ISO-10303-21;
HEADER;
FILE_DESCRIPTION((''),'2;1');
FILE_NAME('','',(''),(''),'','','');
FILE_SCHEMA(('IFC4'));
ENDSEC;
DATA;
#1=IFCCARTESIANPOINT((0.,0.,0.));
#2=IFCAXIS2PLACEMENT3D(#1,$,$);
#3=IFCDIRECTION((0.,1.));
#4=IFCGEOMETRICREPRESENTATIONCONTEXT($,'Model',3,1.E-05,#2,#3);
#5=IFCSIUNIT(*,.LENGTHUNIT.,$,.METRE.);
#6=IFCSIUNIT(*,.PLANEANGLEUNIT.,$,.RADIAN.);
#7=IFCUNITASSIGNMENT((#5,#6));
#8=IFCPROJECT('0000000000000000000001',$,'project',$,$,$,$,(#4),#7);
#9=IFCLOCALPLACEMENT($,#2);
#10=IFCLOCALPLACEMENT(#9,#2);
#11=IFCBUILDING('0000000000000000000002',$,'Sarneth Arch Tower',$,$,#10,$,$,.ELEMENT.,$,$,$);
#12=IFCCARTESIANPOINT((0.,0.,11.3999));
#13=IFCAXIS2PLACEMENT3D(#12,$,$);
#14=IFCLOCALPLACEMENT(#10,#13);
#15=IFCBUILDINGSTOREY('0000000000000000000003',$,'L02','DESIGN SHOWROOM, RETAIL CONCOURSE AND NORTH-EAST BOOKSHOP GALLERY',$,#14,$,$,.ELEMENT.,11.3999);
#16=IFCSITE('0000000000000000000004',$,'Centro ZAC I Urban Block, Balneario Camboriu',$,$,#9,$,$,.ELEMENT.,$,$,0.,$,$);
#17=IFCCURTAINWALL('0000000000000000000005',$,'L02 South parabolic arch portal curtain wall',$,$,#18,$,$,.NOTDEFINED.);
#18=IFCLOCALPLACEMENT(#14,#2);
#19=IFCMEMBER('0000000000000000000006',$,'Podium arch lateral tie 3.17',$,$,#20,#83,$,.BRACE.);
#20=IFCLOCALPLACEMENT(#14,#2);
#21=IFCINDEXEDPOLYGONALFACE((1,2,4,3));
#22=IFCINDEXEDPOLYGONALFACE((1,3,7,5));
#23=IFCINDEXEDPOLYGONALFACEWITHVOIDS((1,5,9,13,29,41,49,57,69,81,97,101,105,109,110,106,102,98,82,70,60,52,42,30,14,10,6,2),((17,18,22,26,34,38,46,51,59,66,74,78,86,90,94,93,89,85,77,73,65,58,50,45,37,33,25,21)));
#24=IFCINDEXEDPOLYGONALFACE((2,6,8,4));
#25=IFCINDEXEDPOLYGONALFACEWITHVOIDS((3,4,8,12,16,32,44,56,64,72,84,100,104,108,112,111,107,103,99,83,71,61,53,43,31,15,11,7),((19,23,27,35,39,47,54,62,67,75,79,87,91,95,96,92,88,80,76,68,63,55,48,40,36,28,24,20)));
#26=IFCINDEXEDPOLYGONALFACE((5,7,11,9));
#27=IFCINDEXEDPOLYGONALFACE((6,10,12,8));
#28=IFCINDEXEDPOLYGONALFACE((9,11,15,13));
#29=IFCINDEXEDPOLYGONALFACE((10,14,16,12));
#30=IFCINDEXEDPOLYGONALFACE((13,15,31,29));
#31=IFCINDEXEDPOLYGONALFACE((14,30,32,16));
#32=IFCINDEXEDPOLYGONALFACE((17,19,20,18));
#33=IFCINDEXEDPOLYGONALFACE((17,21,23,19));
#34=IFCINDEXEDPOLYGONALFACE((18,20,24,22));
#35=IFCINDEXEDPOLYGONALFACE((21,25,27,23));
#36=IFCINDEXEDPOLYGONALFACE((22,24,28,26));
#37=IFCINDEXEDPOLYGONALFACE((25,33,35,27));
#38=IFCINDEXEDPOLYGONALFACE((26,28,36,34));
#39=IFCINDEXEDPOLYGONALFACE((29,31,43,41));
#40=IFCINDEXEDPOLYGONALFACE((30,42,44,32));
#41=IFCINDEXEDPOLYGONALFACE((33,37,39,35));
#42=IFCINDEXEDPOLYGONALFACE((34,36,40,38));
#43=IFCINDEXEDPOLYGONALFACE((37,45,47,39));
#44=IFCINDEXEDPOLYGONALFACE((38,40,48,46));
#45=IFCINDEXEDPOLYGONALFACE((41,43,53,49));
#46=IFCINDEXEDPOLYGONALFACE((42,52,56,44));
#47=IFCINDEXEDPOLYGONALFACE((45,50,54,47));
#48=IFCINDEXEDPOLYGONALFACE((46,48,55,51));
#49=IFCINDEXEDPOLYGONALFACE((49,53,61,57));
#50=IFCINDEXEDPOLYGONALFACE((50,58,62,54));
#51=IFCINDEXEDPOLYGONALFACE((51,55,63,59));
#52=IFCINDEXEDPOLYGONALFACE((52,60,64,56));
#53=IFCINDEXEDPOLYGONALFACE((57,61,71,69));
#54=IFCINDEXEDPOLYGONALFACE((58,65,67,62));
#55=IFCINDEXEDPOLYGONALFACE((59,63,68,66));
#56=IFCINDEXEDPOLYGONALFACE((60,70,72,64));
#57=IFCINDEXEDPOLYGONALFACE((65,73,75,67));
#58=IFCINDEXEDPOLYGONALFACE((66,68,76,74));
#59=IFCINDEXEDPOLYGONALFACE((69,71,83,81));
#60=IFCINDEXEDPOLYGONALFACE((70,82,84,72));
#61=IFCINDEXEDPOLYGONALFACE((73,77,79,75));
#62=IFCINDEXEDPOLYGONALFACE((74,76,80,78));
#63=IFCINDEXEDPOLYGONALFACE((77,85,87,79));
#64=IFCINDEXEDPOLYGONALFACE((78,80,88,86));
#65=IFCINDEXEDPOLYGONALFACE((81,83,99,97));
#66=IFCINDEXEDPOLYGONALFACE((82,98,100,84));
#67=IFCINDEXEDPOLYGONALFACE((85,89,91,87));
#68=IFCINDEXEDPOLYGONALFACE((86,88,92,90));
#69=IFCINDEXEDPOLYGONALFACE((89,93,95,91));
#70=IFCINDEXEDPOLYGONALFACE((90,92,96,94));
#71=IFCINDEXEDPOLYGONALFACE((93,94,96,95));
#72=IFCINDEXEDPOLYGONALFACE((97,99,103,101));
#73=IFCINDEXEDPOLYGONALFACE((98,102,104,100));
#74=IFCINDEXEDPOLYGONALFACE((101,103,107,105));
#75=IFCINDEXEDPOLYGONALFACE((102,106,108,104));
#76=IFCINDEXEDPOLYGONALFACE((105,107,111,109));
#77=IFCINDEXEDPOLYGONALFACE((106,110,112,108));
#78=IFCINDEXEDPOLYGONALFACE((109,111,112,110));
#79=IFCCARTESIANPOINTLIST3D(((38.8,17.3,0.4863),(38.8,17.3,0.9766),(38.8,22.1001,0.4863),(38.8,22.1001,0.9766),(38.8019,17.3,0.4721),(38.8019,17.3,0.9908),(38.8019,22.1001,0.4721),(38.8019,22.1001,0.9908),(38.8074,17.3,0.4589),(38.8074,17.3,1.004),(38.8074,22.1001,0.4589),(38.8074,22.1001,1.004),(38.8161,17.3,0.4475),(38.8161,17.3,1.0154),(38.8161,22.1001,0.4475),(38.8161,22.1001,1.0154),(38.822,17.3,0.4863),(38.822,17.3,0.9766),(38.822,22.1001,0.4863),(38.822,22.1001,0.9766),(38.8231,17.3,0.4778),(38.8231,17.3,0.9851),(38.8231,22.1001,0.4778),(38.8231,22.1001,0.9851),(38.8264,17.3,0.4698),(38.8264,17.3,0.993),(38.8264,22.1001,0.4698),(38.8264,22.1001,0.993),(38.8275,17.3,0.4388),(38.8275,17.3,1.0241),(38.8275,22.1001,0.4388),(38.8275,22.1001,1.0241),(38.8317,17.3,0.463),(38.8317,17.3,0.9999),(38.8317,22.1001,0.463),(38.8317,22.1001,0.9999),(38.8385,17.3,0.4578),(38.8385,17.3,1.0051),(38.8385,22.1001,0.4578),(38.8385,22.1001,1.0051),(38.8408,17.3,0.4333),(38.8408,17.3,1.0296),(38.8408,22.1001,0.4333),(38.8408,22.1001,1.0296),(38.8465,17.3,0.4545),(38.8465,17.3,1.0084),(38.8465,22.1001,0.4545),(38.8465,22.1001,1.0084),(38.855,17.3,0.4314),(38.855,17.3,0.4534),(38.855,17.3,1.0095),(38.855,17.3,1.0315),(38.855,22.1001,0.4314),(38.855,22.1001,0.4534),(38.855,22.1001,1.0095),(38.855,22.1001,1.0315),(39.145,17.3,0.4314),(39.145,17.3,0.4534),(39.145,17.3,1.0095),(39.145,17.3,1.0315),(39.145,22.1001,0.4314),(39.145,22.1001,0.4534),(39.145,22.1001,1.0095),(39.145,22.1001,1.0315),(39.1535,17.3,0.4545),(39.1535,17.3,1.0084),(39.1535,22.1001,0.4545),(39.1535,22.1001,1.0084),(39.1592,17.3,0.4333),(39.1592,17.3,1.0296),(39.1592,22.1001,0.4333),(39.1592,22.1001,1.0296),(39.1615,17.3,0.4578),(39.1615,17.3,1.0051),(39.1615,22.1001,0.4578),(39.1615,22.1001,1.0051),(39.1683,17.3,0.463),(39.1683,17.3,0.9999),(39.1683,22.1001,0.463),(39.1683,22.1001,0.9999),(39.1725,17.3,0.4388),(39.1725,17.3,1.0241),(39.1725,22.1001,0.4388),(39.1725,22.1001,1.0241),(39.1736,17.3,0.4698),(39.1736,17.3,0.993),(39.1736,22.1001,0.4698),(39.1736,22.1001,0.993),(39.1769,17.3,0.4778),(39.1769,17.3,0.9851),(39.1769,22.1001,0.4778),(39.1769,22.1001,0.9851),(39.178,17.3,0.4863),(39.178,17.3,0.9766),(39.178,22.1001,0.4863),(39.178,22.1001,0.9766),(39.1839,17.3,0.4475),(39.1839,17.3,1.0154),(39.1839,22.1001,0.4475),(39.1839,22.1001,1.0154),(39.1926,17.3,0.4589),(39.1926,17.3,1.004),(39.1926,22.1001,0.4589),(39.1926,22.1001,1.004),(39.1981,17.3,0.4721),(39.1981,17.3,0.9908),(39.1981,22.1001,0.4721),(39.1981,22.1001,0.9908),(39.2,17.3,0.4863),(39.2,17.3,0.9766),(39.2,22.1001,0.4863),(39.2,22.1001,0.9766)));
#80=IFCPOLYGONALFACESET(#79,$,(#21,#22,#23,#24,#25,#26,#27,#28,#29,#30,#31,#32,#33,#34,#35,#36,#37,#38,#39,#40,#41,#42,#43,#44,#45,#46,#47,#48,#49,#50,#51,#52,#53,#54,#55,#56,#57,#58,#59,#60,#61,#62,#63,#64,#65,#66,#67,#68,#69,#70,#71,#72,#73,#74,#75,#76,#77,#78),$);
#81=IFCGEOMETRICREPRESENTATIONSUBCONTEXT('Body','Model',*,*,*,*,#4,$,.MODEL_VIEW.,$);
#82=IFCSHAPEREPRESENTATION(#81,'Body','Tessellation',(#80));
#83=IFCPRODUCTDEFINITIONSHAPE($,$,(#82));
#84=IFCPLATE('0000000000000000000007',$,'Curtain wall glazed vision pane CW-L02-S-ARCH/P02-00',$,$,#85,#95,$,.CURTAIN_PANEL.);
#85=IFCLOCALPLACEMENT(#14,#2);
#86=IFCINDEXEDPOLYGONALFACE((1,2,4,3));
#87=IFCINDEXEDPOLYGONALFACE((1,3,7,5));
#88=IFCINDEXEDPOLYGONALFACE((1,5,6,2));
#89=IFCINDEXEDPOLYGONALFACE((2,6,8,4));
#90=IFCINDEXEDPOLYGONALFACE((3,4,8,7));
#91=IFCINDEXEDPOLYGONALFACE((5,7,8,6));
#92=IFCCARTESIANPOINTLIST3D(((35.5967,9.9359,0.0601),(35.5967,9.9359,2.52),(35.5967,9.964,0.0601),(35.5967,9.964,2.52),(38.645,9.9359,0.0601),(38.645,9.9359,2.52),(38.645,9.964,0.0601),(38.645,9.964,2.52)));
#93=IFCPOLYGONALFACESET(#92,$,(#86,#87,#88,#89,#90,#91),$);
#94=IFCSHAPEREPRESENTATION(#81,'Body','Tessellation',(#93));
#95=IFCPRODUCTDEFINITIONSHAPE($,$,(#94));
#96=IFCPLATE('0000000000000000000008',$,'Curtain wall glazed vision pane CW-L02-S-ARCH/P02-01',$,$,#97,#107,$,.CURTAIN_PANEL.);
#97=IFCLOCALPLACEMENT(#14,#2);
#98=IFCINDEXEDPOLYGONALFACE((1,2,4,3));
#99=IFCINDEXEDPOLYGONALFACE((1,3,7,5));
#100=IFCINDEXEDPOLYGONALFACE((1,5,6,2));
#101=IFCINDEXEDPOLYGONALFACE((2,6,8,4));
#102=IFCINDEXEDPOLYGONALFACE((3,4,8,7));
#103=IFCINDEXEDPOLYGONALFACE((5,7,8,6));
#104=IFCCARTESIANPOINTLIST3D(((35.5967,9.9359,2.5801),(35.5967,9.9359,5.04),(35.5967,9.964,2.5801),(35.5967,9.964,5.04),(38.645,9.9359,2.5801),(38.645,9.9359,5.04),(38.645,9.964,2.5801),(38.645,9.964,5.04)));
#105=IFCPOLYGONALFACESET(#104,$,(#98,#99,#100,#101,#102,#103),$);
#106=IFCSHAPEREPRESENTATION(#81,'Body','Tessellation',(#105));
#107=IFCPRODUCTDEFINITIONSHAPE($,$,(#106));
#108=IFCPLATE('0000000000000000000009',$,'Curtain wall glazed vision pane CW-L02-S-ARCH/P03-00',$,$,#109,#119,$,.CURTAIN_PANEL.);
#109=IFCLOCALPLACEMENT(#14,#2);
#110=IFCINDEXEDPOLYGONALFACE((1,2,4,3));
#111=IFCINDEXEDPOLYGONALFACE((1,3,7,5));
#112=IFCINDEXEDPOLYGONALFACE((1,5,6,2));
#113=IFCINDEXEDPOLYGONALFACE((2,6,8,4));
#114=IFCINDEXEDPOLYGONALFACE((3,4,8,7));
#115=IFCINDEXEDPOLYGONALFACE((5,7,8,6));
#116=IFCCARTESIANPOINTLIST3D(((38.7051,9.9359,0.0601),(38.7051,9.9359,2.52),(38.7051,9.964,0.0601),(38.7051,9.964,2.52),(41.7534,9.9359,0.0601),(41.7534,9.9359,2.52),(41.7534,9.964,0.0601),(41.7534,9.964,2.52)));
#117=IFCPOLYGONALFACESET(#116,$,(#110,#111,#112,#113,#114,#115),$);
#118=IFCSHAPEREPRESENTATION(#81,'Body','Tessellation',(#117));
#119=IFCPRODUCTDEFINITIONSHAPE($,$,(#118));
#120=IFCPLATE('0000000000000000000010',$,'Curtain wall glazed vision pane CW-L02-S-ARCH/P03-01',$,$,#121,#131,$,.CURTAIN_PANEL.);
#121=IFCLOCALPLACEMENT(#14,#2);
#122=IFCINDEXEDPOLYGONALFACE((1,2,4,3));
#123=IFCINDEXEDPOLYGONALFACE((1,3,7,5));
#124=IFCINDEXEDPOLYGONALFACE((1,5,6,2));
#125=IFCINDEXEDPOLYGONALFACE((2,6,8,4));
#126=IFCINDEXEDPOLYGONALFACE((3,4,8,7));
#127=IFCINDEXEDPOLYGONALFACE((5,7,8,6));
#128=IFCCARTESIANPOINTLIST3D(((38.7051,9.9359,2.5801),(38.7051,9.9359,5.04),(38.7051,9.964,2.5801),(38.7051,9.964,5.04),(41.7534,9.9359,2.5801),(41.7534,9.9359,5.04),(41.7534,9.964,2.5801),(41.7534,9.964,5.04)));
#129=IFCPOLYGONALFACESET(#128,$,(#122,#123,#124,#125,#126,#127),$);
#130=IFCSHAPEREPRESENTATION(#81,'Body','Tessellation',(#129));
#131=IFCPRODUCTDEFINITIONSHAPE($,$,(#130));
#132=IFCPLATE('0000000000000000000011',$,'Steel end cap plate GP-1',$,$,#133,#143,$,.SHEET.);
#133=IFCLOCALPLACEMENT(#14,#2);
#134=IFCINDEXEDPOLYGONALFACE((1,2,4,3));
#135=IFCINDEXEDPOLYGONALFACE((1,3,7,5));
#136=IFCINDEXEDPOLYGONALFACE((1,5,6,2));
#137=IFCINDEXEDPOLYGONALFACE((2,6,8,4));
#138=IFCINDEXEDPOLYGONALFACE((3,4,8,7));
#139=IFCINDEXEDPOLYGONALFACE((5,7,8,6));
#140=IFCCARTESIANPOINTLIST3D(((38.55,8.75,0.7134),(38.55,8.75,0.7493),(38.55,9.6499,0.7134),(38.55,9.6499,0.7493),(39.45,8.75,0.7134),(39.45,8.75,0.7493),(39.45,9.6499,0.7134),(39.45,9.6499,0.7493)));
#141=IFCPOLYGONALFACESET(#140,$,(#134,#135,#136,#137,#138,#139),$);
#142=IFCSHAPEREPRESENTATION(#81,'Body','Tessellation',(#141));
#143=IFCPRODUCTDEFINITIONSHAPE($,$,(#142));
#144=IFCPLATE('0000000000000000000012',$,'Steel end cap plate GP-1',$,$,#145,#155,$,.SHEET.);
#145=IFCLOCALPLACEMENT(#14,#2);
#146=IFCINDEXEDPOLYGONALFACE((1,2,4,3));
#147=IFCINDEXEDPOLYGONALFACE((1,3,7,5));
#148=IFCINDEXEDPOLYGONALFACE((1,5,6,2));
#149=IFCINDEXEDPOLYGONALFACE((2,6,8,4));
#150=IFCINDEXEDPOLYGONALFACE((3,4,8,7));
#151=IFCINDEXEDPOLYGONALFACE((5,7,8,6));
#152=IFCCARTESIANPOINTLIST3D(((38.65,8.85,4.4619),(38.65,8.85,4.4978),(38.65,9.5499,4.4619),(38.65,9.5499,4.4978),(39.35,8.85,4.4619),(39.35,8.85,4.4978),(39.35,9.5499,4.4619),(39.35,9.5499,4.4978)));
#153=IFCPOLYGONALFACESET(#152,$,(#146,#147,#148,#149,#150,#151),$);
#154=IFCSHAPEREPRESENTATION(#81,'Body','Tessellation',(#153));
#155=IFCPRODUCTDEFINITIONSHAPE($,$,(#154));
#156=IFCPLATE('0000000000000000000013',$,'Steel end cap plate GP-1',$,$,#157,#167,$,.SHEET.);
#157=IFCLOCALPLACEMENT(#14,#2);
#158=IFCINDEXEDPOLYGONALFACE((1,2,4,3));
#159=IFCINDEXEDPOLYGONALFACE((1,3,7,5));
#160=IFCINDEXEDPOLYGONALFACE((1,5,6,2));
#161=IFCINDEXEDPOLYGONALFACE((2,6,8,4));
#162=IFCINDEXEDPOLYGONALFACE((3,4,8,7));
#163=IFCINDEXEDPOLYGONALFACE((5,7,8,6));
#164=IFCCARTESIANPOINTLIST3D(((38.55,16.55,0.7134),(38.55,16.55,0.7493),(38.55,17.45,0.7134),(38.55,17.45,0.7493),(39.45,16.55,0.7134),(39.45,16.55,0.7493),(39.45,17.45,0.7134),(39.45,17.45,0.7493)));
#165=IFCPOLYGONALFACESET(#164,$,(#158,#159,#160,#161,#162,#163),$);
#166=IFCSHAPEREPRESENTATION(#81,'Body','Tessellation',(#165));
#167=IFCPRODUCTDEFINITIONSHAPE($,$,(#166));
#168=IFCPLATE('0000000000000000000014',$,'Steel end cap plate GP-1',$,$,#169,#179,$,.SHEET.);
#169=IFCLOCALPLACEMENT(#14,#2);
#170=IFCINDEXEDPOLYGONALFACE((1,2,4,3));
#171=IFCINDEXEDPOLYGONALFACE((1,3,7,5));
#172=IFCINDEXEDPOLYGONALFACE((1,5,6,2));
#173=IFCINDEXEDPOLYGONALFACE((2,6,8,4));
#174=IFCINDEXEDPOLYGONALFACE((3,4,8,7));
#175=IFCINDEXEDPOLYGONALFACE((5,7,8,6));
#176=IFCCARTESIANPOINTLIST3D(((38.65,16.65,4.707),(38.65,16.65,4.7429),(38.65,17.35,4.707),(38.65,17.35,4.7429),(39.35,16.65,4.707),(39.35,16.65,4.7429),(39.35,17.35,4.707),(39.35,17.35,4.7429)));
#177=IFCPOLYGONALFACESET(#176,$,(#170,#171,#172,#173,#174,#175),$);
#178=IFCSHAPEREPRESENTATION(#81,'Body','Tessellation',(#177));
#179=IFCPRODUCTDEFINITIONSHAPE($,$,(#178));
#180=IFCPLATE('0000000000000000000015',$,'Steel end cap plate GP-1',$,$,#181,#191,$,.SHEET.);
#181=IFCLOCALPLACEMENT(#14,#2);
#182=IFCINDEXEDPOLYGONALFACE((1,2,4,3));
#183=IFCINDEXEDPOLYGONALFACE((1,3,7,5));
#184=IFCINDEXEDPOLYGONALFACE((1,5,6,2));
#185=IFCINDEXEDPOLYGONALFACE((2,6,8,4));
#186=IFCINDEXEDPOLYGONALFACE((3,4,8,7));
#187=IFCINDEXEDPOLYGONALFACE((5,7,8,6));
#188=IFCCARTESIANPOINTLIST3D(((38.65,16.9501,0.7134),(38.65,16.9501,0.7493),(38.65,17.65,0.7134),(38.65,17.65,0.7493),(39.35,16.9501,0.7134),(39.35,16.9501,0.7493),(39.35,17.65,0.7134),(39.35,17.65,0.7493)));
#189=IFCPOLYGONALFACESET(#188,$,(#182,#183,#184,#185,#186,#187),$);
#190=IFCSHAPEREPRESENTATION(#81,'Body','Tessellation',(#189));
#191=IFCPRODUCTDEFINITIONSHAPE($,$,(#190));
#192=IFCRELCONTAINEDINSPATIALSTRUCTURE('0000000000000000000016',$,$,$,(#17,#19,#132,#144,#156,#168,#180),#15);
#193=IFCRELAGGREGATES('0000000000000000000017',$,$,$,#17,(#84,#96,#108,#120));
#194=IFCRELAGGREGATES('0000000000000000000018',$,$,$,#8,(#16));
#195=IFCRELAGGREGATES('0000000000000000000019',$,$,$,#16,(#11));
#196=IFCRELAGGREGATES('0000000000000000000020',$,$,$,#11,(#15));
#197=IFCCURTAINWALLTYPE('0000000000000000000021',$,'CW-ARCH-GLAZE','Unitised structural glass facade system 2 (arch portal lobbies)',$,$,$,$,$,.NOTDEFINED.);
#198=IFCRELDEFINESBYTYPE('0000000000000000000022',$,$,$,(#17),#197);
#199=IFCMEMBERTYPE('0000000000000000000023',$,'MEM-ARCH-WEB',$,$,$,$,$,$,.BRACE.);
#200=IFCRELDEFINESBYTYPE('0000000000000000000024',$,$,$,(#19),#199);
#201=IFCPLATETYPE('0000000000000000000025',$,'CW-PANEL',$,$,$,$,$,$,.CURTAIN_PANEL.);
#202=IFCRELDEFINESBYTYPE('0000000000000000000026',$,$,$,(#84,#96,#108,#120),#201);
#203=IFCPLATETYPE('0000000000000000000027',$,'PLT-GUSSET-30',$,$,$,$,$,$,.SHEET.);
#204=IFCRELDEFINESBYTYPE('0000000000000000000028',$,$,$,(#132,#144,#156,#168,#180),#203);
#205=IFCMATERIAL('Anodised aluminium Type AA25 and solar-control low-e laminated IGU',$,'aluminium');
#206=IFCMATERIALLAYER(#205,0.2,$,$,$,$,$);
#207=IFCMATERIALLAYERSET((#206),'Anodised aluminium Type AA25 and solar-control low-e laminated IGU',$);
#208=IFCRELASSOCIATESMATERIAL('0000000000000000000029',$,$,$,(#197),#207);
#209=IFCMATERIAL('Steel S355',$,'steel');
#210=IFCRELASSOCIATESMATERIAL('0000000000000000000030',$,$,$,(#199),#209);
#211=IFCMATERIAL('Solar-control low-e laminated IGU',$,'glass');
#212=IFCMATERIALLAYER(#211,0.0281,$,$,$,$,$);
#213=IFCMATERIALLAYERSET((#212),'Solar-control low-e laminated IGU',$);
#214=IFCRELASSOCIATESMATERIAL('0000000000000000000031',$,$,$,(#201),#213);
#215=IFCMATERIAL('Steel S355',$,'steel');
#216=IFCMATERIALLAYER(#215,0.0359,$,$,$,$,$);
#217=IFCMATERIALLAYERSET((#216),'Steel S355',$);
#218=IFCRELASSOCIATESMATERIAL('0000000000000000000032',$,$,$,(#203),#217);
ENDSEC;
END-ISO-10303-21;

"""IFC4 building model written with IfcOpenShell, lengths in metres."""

from ifc_helpers import new_model, si_unit, direction, frame, origin, origin_2d, place, context, subcontext, project, spatial, rectangle, hollow_rectangle, extrude, material, layer, layer_set, material_profile, profile_set, type_object, element, aggregate, save


model = new_model("IFC4")

# Units and contexts
model_context = context("Model", 3, precision=1e-05, world=origin(), true_north=direction((0.0, 1.0)))
body_context = subcontext(model_context, "Body", "Model", "MODEL_VIEW")
ifc_project = project(units=[si_unit("LENGTHUNIT", "METRE"), si_unit("PLANEANGLEUNIT", "RADIAN")], contexts=[model_context])

# Site, building, storey
site_placement = place(None, origin())
site = spatial("IfcSite", under=ifc_project, at=site_placement, Name="Centro ZAC I Urban Block, Balneario Camboriu", CompositionType="ELEMENT", RefElevation=0.0)
building_placement = place(site_placement, origin())
building = spatial("IfcBuilding", under=site, at=building_placement, Name="Sarneth Arch Tower", CompositionType="ELEMENT")
storey_placement = place(building_placement, frame((0.0, 0.0, 11.3999)))
storey = spatial("IfcBuildingStorey", under=building, at=storey_placement, Name="L02", Description="DESIGN SHOWROOM, RETAIL CONCOURSE AND NORTH-EAST BOOKSHOP GALLERY", CompositionType="ELEMENT", Elevation=11.3999)

# Curtain wall
ifc_material_1 = material(Name="Anodised aluminium Type AA25 and solar-control low-e laminated IGU", Category="aluminium")
ifc_layer_1 = layer(ifc_material_1, 0.2)
ifc_layer_set_1 = layer_set([ifc_layer_1], Name="Anodised aluminium Type AA25 and solar-control low-e laminated IGU")
curtain_wall_type = type_object("IfcCurtainWallType", Name="CW-ARCH-GLAZE", Description="Unitised structural glass facade system 2 (arch portal lobbies)", PredefinedType="NOTDEFINED", material=ifc_layer_set_1)
curtain_wall_placement = place(storey_placement, origin())
curtain_wall = element("IfcCurtainWall", 1, at=curtain_wall_placement, inside=storey, type_object=curtain_wall_type, Name="L02 South parabolic arch portal curtain wall", PredefinedType="NOTDEFINED")

# Member
ifc_material_2 = material(Name="Steel S355", Category="steel")
ifc_material_profile_1 = material_profile(ifc_material_2, hollow_rectangle(XDim=0.3999, YDim=0.6001, WallThickness=0.022, InnerFilletRadius=0.033, OuterFilletRadius=0.0549, at=origin_2d()), Name="RHS600x400x22")
ifc_profile_set_1 = profile_set([ifc_material_profile_1], Name="Steel S355")
member_type_1 = type_object("IfcMemberType", Name="MEM-ARCH-WEB", PredefinedType="BRACE", material=ifc_profile_set_1)
member_1_placement = place(storey_placement, frame((39.0, 17.3, 0.7314), z_axis=(0.0, 1.0, 0.0), x_axis=(-1.0, 0.0, 0.0)))
element("IfcMember", 2, at=member_1_placement, inside=storey, type_object=member_type_1, Name="Podium arch lateral tie 3.17", PredefinedType="BRACE", context=body_context, shape_type="SweptSolid", body=[
    extrude(hollow_rectangle(XDim=0.3999, YDim=0.6001, WallThickness=0.022, InnerFilletRadius=0.033, OuterFilletRadius=0.0549, at=origin_2d()), origin(), (0.0, 0.0, 1.0), 4.8),
])

# Plates
ifc_material_3 = material(Name="Solar-control low-e laminated IGU", Category="glass")
ifc_layer_2 = layer(ifc_material_3, 0.0281)
ifc_layer_set_2 = layer_set([ifc_layer_2], Name="Solar-control low-e laminated IGU")
plate_type_1 = type_object("IfcPlateType", Name="CW-PANEL", PredefinedType="CURTAIN_PANEL", material=ifc_layer_set_2)
plate_1_placement = place(storey_placement, frame((37.1208, 9.95, 0.0601), z_axis=(0.0, 0.0, 1.0), x_axis=(1.0, 0.0, 0.0)))
plate_1 = element("IfcPlate", 3, at=plate_1_placement, type_object=plate_type_1, Name="Curtain wall glazed vision pane CW-L02-S-ARCH/P02-00", PredefinedType="CURTAIN_PANEL", context=body_context, shape_type="SweptSolid", body=[
    extrude(rectangle(XDim=3.0483, YDim=0.0281, at=origin_2d()), origin(), (0.0, 0.0, 1.0), 2.46),
])
plate_2_placement = place(storey_placement, frame((37.1208, 9.95, 2.5801), z_axis=(0.0, 0.0, 1.0), x_axis=(1.0, 0.0, 0.0)))
plate_2 = element("IfcPlate", 4, at=plate_2_placement, type_object=plate_type_1, Name="Curtain wall glazed vision pane CW-L02-S-ARCH/P02-01", PredefinedType="CURTAIN_PANEL", context=body_context, shape_type="SweptSolid", body=[
    extrude(rectangle(XDim=3.0483, YDim=0.0281, at=origin_2d()), origin(), (0.0, 0.0, 1.0), 2.46),
])
plate_3_placement = place(storey_placement, frame((40.2292, 9.95, 0.0601), z_axis=(0.0, 0.0, 1.0), x_axis=(1.0, 0.0, 0.0)))
plate_3 = element("IfcPlate", 5, at=plate_3_placement, type_object=plate_type_1, Name="Curtain wall glazed vision pane CW-L02-S-ARCH/P03-00", PredefinedType="CURTAIN_PANEL", context=body_context, shape_type="SweptSolid", body=[
    extrude(rectangle(XDim=3.0483, YDim=0.0281, at=origin_2d()), origin(), (0.0, 0.0, 1.0), 2.46),
])
plate_4_placement = place(storey_placement, frame((40.2292, 9.95, 2.5801), z_axis=(0.0, 0.0, 1.0), x_axis=(1.0, 0.0, 0.0)))
plate_4 = element("IfcPlate", 6, at=plate_4_placement, type_object=plate_type_1, Name="Curtain wall glazed vision pane CW-L02-S-ARCH/P03-01", PredefinedType="CURTAIN_PANEL", context=body_context, shape_type="SweptSolid", body=[
    extrude(rectangle(XDim=3.0483, YDim=0.0281, at=origin_2d()), origin(), (0.0, 0.0, 1.0), 2.46),
])
aggregate(curtain_wall, [plate_1, plate_2, plate_3, plate_4])

# Plates
ifc_material_4 = material(Name="Steel S355", Category="steel")
ifc_layer_3 = layer(ifc_material_4, 0.0359)
ifc_layer_set_3 = layer_set([ifc_layer_3], Name="Steel S355")
plate_type_2 = type_object("IfcPlateType", Name="PLT-GUSSET-30", PredefinedType="SHEET", material=ifc_layer_set_3)
plate_5_placement = place(storey_placement, frame((39.0, 9.2, 0.7134), z_axis=(0.0, 0.0, 1.0), x_axis=(-1.0, 0.0, 0.0)))
element("IfcPlate", 7, at=plate_5_placement, inside=storey, type_object=plate_type_2, Name="Steel end cap plate GP-1", PredefinedType="SHEET", context=body_context, shape_type="SweptSolid", body=[
    extrude(rectangle(XDim=0.8999, YDim=0.8999, at=origin_2d()), origin(), (0.0, 0.0, 1.0), 0.0359),
])
plate_6_placement = place(storey_placement, frame((39.0, 9.2, 4.4619), z_axis=(0.0, 0.0, 1.0), x_axis=(1.0, 0.0, 0.0)))
element("IfcPlate", 8, at=plate_6_placement, inside=storey, type_object=plate_type_2, Name="Steel end cap plate GP-1", PredefinedType="SHEET", context=body_context, shape_type="SweptSolid", body=[
    extrude(rectangle(XDim=0.7, YDim=0.7, at=origin_2d()), origin(), (0.0, 0.0, 1.0), 0.0359),
])
plate_7_placement = place(storey_placement, frame((39.0, 17.0, 0.7134), z_axis=(0.0, 0.0, 1.0), x_axis=(-1.0, 0.0, 0.0)))
element("IfcPlate", 9, at=plate_7_placement, inside=storey, type_object=plate_type_2, Name="Steel end cap plate GP-1", PredefinedType="SHEET", context=body_context, shape_type="SweptSolid", body=[
    extrude(rectangle(XDim=0.8999, YDim=0.8999, at=origin_2d()), origin(), (0.0, 0.0, 1.0), 0.0359),
])
for number, where, z_axis, x_axis, name in (
    (10, (39.0, 17.0, 4.707), (0.0, 0.0, 1.0), (1.0, 0.0, 0.0), "Steel end cap plate GP-1"),
    (11, (39.0, 17.3, 0.7134), (0.0, 0.0, 1.0), (0.0, -1.0, 0.0), "Steel end cap plate GP-1"),
):
    element("IfcPlate", number, at=place(storey_placement, frame(where, z_axis=z_axis, x_axis=x_axis)), inside=storey, type_object=plate_type_2, Name=name, PredefinedType="SHEET", context=body_context, shape_type="SweptSolid", body=[
        extrude(rectangle(XDim=0.7, YDim=0.7, at=origin_2d()), origin(), (0.0, 0.0, 1.0), 0.0359),
    ])

save(model, "model.ifc")
